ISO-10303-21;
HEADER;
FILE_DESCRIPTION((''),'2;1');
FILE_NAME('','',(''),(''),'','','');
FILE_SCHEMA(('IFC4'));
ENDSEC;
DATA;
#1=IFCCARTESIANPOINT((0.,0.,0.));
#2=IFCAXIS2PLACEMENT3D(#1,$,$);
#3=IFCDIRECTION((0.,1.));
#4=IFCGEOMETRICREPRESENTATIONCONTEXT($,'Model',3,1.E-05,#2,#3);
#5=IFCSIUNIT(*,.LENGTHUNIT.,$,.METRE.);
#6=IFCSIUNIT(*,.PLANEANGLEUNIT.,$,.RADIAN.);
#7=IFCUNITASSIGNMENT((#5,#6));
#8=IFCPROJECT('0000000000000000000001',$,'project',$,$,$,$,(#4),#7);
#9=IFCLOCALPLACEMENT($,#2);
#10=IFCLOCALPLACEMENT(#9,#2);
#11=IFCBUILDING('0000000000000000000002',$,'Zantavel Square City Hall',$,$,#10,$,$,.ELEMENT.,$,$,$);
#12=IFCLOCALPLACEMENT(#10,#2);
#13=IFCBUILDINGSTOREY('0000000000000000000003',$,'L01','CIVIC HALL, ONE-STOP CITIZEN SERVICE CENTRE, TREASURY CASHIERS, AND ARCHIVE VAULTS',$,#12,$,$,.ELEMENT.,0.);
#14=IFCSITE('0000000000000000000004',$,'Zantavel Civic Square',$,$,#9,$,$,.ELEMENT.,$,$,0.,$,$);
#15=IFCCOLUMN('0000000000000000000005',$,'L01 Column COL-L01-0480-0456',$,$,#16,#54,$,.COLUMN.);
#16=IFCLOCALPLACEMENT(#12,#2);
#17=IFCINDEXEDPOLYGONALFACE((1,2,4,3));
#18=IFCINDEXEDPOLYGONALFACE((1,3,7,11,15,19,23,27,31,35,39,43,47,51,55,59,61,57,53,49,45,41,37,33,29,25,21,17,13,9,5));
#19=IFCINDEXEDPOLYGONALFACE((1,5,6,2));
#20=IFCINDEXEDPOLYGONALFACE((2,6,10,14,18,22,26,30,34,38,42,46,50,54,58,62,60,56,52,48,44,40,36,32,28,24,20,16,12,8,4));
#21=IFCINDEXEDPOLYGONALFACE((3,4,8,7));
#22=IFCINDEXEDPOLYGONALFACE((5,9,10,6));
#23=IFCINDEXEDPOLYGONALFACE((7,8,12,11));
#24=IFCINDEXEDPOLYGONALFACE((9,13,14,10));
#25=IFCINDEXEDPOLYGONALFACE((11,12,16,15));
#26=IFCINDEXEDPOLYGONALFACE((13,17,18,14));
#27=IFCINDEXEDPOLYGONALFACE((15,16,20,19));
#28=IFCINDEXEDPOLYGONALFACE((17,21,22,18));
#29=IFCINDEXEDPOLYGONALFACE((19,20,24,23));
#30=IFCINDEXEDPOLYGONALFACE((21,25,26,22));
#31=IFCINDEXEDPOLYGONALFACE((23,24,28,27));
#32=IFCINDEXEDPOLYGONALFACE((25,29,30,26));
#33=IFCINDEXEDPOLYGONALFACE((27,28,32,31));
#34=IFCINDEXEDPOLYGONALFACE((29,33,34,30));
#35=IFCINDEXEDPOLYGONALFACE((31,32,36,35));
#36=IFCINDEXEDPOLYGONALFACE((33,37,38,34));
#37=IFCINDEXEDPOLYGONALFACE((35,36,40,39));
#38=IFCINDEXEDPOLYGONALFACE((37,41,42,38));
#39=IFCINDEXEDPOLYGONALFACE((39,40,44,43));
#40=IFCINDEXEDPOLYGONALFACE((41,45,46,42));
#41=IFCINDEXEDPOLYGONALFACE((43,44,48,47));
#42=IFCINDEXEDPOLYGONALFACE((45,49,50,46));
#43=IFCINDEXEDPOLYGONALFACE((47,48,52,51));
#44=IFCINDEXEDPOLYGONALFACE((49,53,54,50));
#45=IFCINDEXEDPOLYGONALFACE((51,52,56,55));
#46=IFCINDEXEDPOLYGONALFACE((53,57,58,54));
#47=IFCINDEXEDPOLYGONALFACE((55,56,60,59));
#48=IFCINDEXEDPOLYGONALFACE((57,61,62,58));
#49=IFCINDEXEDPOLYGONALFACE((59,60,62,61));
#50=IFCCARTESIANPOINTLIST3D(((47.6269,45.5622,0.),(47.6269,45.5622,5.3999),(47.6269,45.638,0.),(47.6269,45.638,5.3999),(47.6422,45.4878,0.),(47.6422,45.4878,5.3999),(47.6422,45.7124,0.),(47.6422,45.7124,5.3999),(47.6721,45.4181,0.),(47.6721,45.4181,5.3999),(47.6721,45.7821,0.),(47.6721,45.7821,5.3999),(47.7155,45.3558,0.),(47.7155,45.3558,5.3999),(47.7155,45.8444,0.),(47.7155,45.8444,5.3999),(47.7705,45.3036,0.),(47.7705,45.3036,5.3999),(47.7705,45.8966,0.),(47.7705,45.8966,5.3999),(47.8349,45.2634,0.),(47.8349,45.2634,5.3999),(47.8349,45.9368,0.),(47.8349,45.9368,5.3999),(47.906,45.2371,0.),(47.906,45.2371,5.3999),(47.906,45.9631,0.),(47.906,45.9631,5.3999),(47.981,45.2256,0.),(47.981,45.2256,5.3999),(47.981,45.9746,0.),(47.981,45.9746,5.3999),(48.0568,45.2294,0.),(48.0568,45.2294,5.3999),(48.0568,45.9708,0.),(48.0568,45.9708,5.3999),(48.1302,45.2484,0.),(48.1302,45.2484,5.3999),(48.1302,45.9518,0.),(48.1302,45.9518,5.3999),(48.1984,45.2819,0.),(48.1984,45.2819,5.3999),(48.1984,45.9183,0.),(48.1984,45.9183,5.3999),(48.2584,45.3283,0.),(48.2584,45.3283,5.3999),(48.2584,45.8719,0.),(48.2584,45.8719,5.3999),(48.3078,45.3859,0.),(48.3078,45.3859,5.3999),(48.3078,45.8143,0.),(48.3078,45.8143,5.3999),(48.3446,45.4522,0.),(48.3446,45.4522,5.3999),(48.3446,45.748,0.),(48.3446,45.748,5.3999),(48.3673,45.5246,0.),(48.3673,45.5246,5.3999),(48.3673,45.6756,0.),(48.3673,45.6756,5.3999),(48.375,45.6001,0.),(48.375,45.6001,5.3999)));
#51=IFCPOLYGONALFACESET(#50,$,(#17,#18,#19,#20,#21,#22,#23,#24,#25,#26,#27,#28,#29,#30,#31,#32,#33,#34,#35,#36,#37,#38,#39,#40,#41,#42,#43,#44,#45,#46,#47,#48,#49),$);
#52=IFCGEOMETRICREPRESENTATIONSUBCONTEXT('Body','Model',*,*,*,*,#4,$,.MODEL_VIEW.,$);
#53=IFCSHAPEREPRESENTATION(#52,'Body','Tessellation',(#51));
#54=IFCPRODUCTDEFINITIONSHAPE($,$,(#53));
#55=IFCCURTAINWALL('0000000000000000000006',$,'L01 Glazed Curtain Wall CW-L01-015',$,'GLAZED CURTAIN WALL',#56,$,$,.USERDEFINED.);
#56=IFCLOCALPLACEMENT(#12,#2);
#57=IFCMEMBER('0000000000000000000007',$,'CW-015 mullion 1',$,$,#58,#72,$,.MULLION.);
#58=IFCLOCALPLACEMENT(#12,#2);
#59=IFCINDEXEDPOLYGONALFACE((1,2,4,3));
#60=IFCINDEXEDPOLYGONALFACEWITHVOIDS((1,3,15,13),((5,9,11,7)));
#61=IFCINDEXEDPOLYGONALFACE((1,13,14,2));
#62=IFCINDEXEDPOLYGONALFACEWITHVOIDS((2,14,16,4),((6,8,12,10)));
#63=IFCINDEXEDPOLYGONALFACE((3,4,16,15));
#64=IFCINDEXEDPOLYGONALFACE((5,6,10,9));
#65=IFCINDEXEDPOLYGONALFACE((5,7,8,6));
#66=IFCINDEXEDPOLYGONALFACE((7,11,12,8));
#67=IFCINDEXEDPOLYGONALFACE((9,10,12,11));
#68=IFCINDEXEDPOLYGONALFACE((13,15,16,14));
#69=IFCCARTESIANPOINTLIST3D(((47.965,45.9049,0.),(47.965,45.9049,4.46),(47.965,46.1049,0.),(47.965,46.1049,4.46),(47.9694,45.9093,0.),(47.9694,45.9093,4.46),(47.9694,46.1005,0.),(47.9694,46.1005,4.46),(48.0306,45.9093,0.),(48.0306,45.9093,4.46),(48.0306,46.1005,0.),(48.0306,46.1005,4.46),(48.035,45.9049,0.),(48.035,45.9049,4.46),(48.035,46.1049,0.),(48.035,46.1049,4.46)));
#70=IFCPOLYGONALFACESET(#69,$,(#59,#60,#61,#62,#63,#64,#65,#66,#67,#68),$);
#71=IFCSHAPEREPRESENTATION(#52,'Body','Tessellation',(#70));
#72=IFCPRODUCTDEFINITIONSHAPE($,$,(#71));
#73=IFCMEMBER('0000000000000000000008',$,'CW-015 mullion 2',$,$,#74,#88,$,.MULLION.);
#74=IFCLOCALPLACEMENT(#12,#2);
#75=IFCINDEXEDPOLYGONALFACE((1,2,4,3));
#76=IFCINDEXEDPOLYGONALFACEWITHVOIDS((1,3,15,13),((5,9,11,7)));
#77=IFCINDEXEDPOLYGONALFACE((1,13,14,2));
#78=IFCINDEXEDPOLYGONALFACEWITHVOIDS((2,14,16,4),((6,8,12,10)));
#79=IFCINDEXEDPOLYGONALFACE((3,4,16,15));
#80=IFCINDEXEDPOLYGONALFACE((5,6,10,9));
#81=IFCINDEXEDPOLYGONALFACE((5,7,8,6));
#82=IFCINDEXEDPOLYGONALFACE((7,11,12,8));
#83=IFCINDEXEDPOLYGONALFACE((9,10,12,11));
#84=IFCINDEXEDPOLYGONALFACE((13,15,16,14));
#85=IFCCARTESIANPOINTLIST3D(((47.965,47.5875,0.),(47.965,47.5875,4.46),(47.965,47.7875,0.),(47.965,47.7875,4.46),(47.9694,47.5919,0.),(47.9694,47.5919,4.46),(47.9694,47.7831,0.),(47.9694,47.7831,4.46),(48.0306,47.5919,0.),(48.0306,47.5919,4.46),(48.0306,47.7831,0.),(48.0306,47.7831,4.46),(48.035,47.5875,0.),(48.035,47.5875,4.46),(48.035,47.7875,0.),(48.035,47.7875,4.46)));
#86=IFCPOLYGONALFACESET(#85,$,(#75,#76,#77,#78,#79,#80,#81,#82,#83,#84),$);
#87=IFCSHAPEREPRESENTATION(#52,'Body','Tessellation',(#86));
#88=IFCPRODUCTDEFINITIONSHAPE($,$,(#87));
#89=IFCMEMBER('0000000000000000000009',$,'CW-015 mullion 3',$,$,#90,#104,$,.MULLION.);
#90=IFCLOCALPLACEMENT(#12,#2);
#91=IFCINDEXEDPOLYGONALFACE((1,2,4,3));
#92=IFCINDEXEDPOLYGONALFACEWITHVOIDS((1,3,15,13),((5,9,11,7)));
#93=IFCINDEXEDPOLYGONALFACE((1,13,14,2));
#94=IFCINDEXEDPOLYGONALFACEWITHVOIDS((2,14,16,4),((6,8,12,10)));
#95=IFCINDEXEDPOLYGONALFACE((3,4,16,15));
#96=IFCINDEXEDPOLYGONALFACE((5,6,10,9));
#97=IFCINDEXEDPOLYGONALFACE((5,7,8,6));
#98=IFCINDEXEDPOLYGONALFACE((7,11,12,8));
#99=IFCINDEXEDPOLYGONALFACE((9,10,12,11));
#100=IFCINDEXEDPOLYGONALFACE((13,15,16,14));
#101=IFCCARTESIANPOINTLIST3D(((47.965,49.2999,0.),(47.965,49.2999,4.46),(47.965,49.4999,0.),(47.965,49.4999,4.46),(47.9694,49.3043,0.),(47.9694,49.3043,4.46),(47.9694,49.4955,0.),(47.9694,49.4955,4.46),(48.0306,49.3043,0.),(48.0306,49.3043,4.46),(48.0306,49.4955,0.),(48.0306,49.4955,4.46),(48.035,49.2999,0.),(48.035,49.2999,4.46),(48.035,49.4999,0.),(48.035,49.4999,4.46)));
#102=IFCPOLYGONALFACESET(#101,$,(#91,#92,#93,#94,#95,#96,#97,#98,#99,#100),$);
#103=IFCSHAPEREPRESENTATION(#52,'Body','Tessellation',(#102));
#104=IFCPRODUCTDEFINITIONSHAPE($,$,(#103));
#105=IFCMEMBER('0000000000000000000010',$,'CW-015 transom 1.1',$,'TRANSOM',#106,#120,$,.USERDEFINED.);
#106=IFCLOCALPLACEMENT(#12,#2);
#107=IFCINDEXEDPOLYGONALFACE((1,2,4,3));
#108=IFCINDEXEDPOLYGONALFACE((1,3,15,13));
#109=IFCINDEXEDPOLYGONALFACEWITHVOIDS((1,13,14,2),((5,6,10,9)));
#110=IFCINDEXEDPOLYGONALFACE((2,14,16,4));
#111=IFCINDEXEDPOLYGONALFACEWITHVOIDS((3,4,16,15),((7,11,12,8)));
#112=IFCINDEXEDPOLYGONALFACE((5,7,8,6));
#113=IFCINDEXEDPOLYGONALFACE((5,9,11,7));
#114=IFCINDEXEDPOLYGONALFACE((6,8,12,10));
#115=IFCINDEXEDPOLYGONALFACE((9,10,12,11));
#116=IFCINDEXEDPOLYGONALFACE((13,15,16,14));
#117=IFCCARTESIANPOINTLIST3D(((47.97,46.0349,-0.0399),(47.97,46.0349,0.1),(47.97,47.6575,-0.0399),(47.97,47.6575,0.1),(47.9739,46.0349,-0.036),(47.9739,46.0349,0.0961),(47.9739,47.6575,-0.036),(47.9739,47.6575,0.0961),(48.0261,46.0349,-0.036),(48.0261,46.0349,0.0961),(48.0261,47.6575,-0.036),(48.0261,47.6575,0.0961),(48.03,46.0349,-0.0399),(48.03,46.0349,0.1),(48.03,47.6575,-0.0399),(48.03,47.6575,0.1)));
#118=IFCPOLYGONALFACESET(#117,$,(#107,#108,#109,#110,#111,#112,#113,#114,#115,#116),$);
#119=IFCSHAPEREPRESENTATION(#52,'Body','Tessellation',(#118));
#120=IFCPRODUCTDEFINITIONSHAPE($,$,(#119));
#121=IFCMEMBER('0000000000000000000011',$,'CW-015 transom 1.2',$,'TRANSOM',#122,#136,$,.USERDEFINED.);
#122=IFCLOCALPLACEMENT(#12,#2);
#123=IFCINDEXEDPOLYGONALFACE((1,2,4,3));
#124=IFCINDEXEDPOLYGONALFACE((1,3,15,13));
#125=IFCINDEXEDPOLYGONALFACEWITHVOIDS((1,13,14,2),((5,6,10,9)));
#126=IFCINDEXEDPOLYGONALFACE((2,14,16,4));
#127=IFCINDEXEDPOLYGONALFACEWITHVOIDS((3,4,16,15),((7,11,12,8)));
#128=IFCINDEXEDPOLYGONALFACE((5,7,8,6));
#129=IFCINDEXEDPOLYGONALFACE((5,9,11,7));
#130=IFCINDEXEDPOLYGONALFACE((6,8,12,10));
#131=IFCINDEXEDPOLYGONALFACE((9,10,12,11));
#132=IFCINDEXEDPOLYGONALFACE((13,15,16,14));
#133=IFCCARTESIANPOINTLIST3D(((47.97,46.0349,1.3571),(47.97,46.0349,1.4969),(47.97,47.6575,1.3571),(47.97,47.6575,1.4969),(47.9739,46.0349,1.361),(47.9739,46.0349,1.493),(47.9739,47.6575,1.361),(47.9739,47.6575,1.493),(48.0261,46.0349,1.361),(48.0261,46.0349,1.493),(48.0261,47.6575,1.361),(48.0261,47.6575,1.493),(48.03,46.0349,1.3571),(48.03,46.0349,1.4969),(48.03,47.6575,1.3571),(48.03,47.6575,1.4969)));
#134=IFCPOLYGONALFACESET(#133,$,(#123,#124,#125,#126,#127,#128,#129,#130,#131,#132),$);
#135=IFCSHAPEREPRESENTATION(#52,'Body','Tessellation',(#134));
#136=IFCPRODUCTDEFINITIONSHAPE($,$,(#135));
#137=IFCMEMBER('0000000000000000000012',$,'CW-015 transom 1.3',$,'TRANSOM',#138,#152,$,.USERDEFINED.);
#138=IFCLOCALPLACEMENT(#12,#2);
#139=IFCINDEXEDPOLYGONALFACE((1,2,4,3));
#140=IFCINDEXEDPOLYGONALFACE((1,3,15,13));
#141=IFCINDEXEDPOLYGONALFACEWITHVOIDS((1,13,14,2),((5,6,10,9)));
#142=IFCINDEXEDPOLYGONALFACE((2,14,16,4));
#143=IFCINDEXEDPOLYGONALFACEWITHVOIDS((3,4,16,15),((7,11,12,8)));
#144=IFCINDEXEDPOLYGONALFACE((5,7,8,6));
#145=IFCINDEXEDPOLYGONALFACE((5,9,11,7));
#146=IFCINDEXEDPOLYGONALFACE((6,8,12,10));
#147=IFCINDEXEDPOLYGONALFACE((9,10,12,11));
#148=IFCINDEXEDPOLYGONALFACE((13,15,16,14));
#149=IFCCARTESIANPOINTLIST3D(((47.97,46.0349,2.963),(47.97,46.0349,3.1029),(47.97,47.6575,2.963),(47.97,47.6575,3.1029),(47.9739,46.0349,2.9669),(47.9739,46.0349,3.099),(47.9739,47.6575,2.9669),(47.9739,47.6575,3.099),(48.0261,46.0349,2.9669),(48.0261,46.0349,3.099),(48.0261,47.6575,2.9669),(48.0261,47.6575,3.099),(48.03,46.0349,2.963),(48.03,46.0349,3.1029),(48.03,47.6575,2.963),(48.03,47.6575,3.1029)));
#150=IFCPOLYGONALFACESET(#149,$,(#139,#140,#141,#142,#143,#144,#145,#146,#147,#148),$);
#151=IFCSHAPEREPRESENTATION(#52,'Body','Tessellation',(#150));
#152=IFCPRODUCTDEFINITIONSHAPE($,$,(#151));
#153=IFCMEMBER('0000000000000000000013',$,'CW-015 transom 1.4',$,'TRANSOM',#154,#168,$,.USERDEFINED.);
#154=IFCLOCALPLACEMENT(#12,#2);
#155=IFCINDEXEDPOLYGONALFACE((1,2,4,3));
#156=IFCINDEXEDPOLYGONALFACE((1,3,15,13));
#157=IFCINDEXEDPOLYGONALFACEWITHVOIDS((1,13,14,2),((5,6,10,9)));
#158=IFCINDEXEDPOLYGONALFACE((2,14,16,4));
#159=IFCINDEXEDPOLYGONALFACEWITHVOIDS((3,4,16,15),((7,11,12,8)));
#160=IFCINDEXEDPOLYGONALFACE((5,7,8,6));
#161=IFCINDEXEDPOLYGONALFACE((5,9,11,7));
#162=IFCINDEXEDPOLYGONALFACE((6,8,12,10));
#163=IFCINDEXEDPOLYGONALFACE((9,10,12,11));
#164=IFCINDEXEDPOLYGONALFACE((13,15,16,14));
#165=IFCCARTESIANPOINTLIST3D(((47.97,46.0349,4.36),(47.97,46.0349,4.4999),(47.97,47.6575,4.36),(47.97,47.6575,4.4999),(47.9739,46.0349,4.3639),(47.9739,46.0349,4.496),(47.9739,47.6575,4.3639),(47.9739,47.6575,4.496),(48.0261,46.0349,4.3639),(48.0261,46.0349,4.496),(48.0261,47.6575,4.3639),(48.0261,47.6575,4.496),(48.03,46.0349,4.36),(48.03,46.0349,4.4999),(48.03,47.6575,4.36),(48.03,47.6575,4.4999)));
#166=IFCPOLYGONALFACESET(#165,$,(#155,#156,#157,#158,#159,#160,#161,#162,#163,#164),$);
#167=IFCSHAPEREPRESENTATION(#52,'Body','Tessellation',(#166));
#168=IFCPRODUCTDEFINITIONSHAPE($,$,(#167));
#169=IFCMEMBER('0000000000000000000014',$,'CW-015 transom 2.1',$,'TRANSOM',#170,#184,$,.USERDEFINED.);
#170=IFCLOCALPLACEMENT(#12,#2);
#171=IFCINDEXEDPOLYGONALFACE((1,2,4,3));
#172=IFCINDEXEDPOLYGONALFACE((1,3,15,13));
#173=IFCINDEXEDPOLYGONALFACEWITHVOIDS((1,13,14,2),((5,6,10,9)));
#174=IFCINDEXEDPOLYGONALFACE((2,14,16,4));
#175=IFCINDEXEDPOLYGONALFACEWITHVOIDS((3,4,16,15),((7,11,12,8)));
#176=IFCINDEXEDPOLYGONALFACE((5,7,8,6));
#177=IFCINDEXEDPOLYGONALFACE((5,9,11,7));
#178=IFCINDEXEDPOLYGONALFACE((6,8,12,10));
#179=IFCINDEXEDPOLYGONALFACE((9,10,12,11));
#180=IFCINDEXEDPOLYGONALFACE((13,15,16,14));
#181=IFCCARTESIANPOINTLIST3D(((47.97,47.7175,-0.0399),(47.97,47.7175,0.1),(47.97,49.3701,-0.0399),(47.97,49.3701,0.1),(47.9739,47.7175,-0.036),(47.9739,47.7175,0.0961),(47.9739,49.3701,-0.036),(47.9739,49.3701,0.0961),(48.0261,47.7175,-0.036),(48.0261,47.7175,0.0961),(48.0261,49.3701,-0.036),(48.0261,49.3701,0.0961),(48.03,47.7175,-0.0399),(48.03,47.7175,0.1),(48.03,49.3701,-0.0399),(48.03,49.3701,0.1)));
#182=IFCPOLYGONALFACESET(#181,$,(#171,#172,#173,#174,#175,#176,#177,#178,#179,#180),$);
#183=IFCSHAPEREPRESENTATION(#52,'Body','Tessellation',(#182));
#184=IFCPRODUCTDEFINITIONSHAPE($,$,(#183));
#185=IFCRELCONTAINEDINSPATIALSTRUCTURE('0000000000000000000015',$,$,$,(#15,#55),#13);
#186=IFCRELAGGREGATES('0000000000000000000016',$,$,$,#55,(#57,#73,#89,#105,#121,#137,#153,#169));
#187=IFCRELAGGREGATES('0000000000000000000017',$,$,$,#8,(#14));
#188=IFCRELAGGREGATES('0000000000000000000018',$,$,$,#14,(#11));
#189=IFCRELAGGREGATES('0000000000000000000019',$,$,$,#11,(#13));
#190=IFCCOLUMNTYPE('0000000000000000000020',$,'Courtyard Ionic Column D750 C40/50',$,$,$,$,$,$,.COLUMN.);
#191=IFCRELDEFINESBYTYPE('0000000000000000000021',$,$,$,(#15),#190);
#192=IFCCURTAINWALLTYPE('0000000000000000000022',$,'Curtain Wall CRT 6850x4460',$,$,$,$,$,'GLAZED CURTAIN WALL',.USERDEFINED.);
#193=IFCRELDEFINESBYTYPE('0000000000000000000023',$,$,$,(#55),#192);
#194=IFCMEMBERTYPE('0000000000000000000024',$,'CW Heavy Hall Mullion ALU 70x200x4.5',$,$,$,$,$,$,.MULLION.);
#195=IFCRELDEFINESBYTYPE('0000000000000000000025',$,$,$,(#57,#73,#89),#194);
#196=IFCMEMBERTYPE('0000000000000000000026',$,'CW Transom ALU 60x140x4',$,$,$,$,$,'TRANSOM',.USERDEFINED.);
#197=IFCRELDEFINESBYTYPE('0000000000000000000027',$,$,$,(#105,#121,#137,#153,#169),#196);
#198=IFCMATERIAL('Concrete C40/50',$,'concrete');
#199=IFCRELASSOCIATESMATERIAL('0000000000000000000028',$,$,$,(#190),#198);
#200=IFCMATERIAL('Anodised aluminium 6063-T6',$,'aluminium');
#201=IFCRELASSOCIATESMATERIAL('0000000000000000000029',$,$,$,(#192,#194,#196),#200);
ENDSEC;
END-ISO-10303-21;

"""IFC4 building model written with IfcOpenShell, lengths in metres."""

from ifc_helpers import new_model, si_unit, direction, frame, origin, origin_2d, place, context, subcontext, project, spatial, hollow_rectangle, circle, extrude, material, material_profile, profile_set, type_object, element, aggregate, save


model = new_model("IFC4")

# Units and contexts
model_context = context("Model", 3, precision=1e-05, world=origin(), true_north=direction((0.0, 1.0)))
body_context = subcontext(model_context, "Body", "Model", "MODEL_VIEW")
ifc_project = project(units=[si_unit("LENGTHUNIT", "METRE"), si_unit("PLANEANGLEUNIT", "RADIAN")], contexts=[model_context])

# Site, building, storey
site_placement = place(None, origin())
site = spatial("IfcSite", under=ifc_project, at=site_placement, Name="Zantavel Civic Square", CompositionType="ELEMENT", RefElevation=0.0)
building_placement = place(site_placement, origin())
building = spatial("IfcBuilding", under=site, at=building_placement, Name="Zantavel Square City Hall", CompositionType="ELEMENT")
storey_placement = place(building_placement, origin())
storey = spatial("IfcBuildingStorey", under=building, at=storey_placement, Name="L01", Description="CIVIC HALL, ONE-STOP CITIZEN SERVICE CENTRE, TREASURY CASHIERS, AND ARCHIVE VAULTS", CompositionType="ELEMENT", Elevation=0.0)

# Column
ifc_material_1 = material(Name="Concrete C40/50", Category="concrete")
ifc_material_profile_1 = material_profile(ifc_material_1, circle(Radius=0.375, at=origin_2d()), Name="ROUND D750")
ifc_profile_set_1 = profile_set([ifc_material_profile_1], Name="Concrete C40/50")
column_type = type_object("IfcColumnType", Name="Courtyard Ionic Column D750 C40/50", PredefinedType="COLUMN", material=ifc_profile_set_1)
column_placement = place(storey_placement, frame((48.0, 45.6001, 0.0), z_axis=(0.0, 0.0, 1.0), x_axis=(1.0, 0.0, 0.0)))
element("IfcColumn", 1, at=column_placement, inside=storey, type_object=column_type, Name="L01 Column COL-L01-0480-0456", PredefinedType="COLUMN", context=body_context, shape_type="SweptSolid", body=[
    extrude(circle(Radius=0.375, at=origin_2d()), origin(), (0.0, 0.0, 1.0), 5.3999),
])

# Curtain wall, members
ifc_material_2 = material(Name="Anodised aluminium 6063-T6", Category="aluminium")
curtain_wall_type = type_object("IfcCurtainWallType", Name="Curtain Wall CRT 6850x4460", ElementType="GLAZED CURTAIN WALL", PredefinedType="USERDEFINED", material=ifc_material_2)
curtain_wall_placement = place(storey_placement, origin())
curtain_wall = element("IfcCurtainWall", 2, at=curtain_wall_placement, inside=storey, type_object=curtain_wall_type, Name="L01 Glazed Curtain Wall CW-L01-015", ObjectType="GLAZED CURTAIN WALL", PredefinedType="USERDEFINED")
ifc_material_profile_2 = material_profile(ifc_material_2, hollow_rectangle(XDim=0.0701, YDim=0.2, WallThickness=0.0044, at=origin_2d()), Name="ALU 70x200x4.5")
ifc_profile_set_2 = profile_set([ifc_material_profile_2], Name="Anodised aluminium 6063-T6")
member_type_1 = type_object("IfcMemberType", Name="CW Heavy Hall Mullion ALU 70x200x4.5", PredefinedType="MULLION", material=ifc_profile_set_2)
member_1_placement = place(storey_placement, frame((48.0, 46.0049, 0.0), z_axis=(0.0, 0.0, 1.0), x_axis=(-1.0, 0.0, 0.0)))
member_1 = element("IfcMember", 3, at=member_1_placement, type_object=member_type_1, Name="CW-015 mullion 1", PredefinedType="MULLION", context=body_context, shape_type="SweptSolid", body=[
    extrude(hollow_rectangle(XDim=0.0701, YDim=0.2, WallThickness=0.0044, at=origin_2d()), origin(), (0.0, 0.0, 1.0), 4.46),
])
member_2_placement = place(storey_placement, frame((48.0, 47.6875, 0.0), z_axis=(0.0, 0.0, 1.0), x_axis=(-1.0, 0.0, 0.0)))
member_2 = element("IfcMember", 4, at=member_2_placement, type_object=member_type_1, Name="CW-015 mullion 2", PredefinedType="MULLION", context=body_context, shape_type="SweptSolid", body=[
    extrude(hollow_rectangle(XDim=0.0701, YDim=0.2, WallThickness=0.0044, at=origin_2d()), origin(), (0.0, 0.0, 1.0), 4.46),
])
member_3_placement = place(storey_placement, frame((48.0, 49.3999, 0.0), z_axis=(0.0, 0.0, 1.0), x_axis=(-1.0, 0.0, 0.0)))
member_3 = element("IfcMember", 5, at=member_3_placement, type_object=member_type_1, Name="CW-015 mullion 3", PredefinedType="MULLION", context=body_context, shape_type="SweptSolid", body=[
    extrude(hollow_rectangle(XDim=0.0701, YDim=0.2, WallThickness=0.0044, at=origin_2d()), origin(), (0.0, 0.0, 1.0), 4.46),
])
ifc_material_profile_3 = material_profile(ifc_material_2, hollow_rectangle(XDim=0.0601, YDim=0.1399, WallThickness=0.0039, at=origin_2d()), Name="ALU 60x140x4")
ifc_profile_set_3 = profile_set([ifc_material_profile_3], Name="Anodised aluminium 6063-T6")
member_type_2 = type_object("IfcMemberType", Name="CW Transom ALU 60x140x4", ElementType="TRANSOM", PredefinedType="USERDEFINED", material=ifc_profile_set_3)
member_4_placement = place(storey_placement, frame((48.0, 46.0349, 0.03), z_axis=(0.0, 1.0, 0.0), x_axis=(-1.0, 0.0, 0.0)))
member_4 = element("IfcMember", 6, at=member_4_placement, type_object=member_type_2, Name="CW-015 transom 1.1", ObjectType="TRANSOM", PredefinedType="USERDEFINED", context=body_context, shape_type="SweptSolid", body=[
    extrude(hollow_rectangle(XDim=0.0601, YDim=0.1399, WallThickness=0.0039, at=origin_2d()), origin(), (0.0, 0.0, 1.0), 1.6226),
])
member_5_placement = place(storey_placement, frame((48.0, 46.0349, 1.427), z_axis=(0.0, 1.0, 0.0), x_axis=(-1.0, 0.0, 0.0)))
member_5 = element("IfcMember", 7, at=member_5_placement, type_object=member_type_2, Name="CW-015 transom 1.2", ObjectType="TRANSOM", PredefinedType="USERDEFINED", context=body_context, shape_type="SweptSolid", body=[
    extrude(hollow_rectangle(XDim=0.0601, YDim=0.1399, WallThickness=0.0039, at=origin_2d()), origin(), (0.0, 0.0, 1.0), 1.6226),
])
member_6_placement = place(storey_placement, frame((48.0, 46.0349, 3.033), z_axis=(0.0, 1.0, 0.0), x_axis=(-1.0, 0.0, 0.0)))
member_6 = element("IfcMember", 8, at=member_6_placement, type_object=member_type_2, Name="CW-015 transom 1.3", ObjectType="TRANSOM", PredefinedType="USERDEFINED", context=body_context, shape_type="SweptSolid", body=[
    extrude(hollow_rectangle(XDim=0.0601, YDim=0.1399, WallThickness=0.0039, at=origin_2d()), origin(), (0.0, 0.0, 1.0), 1.6226),
])
member_7_placement = place(storey_placement, frame((48.0, 46.0349, 4.4299), z_axis=(0.0, 1.0, 0.0), x_axis=(-1.0, 0.0, 0.0)))
member_7 = element("IfcMember", 9, at=member_7_placement, type_object=member_type_2, Name="CW-015 transom 1.4", ObjectType="TRANSOM", PredefinedType="USERDEFINED", context=body_context, shape_type="SweptSolid", body=[
    extrude(hollow_rectangle(XDim=0.0601, YDim=0.1399, WallThickness=0.0039, at=origin_2d()), origin(), (0.0, 0.0, 1.0), 1.6226),
])
member_8_placement = place(storey_placement, frame((48.0, 47.7175, 0.03), z_axis=(0.0, 1.0, 0.0), x_axis=(-1.0, 0.0, 0.0)))
member_8 = element("IfcMember", 10, at=member_8_placement, type_object=member_type_2, Name="CW-015 transom 2.1", ObjectType="TRANSOM", PredefinedType="USERDEFINED", context=body_context, shape_type="SweptSolid", body=[
    extrude(hollow_rectangle(XDim=0.0601, YDim=0.1399, WallThickness=0.0039, at=origin_2d()), origin(), (0.0, 0.0, 1.0), 1.6526),
])

aggregate(curtain_wall, [member_1, member_2, member_3, member_4, member_5, member_6, member_7, member_8])

save(model, "model.ifc")
